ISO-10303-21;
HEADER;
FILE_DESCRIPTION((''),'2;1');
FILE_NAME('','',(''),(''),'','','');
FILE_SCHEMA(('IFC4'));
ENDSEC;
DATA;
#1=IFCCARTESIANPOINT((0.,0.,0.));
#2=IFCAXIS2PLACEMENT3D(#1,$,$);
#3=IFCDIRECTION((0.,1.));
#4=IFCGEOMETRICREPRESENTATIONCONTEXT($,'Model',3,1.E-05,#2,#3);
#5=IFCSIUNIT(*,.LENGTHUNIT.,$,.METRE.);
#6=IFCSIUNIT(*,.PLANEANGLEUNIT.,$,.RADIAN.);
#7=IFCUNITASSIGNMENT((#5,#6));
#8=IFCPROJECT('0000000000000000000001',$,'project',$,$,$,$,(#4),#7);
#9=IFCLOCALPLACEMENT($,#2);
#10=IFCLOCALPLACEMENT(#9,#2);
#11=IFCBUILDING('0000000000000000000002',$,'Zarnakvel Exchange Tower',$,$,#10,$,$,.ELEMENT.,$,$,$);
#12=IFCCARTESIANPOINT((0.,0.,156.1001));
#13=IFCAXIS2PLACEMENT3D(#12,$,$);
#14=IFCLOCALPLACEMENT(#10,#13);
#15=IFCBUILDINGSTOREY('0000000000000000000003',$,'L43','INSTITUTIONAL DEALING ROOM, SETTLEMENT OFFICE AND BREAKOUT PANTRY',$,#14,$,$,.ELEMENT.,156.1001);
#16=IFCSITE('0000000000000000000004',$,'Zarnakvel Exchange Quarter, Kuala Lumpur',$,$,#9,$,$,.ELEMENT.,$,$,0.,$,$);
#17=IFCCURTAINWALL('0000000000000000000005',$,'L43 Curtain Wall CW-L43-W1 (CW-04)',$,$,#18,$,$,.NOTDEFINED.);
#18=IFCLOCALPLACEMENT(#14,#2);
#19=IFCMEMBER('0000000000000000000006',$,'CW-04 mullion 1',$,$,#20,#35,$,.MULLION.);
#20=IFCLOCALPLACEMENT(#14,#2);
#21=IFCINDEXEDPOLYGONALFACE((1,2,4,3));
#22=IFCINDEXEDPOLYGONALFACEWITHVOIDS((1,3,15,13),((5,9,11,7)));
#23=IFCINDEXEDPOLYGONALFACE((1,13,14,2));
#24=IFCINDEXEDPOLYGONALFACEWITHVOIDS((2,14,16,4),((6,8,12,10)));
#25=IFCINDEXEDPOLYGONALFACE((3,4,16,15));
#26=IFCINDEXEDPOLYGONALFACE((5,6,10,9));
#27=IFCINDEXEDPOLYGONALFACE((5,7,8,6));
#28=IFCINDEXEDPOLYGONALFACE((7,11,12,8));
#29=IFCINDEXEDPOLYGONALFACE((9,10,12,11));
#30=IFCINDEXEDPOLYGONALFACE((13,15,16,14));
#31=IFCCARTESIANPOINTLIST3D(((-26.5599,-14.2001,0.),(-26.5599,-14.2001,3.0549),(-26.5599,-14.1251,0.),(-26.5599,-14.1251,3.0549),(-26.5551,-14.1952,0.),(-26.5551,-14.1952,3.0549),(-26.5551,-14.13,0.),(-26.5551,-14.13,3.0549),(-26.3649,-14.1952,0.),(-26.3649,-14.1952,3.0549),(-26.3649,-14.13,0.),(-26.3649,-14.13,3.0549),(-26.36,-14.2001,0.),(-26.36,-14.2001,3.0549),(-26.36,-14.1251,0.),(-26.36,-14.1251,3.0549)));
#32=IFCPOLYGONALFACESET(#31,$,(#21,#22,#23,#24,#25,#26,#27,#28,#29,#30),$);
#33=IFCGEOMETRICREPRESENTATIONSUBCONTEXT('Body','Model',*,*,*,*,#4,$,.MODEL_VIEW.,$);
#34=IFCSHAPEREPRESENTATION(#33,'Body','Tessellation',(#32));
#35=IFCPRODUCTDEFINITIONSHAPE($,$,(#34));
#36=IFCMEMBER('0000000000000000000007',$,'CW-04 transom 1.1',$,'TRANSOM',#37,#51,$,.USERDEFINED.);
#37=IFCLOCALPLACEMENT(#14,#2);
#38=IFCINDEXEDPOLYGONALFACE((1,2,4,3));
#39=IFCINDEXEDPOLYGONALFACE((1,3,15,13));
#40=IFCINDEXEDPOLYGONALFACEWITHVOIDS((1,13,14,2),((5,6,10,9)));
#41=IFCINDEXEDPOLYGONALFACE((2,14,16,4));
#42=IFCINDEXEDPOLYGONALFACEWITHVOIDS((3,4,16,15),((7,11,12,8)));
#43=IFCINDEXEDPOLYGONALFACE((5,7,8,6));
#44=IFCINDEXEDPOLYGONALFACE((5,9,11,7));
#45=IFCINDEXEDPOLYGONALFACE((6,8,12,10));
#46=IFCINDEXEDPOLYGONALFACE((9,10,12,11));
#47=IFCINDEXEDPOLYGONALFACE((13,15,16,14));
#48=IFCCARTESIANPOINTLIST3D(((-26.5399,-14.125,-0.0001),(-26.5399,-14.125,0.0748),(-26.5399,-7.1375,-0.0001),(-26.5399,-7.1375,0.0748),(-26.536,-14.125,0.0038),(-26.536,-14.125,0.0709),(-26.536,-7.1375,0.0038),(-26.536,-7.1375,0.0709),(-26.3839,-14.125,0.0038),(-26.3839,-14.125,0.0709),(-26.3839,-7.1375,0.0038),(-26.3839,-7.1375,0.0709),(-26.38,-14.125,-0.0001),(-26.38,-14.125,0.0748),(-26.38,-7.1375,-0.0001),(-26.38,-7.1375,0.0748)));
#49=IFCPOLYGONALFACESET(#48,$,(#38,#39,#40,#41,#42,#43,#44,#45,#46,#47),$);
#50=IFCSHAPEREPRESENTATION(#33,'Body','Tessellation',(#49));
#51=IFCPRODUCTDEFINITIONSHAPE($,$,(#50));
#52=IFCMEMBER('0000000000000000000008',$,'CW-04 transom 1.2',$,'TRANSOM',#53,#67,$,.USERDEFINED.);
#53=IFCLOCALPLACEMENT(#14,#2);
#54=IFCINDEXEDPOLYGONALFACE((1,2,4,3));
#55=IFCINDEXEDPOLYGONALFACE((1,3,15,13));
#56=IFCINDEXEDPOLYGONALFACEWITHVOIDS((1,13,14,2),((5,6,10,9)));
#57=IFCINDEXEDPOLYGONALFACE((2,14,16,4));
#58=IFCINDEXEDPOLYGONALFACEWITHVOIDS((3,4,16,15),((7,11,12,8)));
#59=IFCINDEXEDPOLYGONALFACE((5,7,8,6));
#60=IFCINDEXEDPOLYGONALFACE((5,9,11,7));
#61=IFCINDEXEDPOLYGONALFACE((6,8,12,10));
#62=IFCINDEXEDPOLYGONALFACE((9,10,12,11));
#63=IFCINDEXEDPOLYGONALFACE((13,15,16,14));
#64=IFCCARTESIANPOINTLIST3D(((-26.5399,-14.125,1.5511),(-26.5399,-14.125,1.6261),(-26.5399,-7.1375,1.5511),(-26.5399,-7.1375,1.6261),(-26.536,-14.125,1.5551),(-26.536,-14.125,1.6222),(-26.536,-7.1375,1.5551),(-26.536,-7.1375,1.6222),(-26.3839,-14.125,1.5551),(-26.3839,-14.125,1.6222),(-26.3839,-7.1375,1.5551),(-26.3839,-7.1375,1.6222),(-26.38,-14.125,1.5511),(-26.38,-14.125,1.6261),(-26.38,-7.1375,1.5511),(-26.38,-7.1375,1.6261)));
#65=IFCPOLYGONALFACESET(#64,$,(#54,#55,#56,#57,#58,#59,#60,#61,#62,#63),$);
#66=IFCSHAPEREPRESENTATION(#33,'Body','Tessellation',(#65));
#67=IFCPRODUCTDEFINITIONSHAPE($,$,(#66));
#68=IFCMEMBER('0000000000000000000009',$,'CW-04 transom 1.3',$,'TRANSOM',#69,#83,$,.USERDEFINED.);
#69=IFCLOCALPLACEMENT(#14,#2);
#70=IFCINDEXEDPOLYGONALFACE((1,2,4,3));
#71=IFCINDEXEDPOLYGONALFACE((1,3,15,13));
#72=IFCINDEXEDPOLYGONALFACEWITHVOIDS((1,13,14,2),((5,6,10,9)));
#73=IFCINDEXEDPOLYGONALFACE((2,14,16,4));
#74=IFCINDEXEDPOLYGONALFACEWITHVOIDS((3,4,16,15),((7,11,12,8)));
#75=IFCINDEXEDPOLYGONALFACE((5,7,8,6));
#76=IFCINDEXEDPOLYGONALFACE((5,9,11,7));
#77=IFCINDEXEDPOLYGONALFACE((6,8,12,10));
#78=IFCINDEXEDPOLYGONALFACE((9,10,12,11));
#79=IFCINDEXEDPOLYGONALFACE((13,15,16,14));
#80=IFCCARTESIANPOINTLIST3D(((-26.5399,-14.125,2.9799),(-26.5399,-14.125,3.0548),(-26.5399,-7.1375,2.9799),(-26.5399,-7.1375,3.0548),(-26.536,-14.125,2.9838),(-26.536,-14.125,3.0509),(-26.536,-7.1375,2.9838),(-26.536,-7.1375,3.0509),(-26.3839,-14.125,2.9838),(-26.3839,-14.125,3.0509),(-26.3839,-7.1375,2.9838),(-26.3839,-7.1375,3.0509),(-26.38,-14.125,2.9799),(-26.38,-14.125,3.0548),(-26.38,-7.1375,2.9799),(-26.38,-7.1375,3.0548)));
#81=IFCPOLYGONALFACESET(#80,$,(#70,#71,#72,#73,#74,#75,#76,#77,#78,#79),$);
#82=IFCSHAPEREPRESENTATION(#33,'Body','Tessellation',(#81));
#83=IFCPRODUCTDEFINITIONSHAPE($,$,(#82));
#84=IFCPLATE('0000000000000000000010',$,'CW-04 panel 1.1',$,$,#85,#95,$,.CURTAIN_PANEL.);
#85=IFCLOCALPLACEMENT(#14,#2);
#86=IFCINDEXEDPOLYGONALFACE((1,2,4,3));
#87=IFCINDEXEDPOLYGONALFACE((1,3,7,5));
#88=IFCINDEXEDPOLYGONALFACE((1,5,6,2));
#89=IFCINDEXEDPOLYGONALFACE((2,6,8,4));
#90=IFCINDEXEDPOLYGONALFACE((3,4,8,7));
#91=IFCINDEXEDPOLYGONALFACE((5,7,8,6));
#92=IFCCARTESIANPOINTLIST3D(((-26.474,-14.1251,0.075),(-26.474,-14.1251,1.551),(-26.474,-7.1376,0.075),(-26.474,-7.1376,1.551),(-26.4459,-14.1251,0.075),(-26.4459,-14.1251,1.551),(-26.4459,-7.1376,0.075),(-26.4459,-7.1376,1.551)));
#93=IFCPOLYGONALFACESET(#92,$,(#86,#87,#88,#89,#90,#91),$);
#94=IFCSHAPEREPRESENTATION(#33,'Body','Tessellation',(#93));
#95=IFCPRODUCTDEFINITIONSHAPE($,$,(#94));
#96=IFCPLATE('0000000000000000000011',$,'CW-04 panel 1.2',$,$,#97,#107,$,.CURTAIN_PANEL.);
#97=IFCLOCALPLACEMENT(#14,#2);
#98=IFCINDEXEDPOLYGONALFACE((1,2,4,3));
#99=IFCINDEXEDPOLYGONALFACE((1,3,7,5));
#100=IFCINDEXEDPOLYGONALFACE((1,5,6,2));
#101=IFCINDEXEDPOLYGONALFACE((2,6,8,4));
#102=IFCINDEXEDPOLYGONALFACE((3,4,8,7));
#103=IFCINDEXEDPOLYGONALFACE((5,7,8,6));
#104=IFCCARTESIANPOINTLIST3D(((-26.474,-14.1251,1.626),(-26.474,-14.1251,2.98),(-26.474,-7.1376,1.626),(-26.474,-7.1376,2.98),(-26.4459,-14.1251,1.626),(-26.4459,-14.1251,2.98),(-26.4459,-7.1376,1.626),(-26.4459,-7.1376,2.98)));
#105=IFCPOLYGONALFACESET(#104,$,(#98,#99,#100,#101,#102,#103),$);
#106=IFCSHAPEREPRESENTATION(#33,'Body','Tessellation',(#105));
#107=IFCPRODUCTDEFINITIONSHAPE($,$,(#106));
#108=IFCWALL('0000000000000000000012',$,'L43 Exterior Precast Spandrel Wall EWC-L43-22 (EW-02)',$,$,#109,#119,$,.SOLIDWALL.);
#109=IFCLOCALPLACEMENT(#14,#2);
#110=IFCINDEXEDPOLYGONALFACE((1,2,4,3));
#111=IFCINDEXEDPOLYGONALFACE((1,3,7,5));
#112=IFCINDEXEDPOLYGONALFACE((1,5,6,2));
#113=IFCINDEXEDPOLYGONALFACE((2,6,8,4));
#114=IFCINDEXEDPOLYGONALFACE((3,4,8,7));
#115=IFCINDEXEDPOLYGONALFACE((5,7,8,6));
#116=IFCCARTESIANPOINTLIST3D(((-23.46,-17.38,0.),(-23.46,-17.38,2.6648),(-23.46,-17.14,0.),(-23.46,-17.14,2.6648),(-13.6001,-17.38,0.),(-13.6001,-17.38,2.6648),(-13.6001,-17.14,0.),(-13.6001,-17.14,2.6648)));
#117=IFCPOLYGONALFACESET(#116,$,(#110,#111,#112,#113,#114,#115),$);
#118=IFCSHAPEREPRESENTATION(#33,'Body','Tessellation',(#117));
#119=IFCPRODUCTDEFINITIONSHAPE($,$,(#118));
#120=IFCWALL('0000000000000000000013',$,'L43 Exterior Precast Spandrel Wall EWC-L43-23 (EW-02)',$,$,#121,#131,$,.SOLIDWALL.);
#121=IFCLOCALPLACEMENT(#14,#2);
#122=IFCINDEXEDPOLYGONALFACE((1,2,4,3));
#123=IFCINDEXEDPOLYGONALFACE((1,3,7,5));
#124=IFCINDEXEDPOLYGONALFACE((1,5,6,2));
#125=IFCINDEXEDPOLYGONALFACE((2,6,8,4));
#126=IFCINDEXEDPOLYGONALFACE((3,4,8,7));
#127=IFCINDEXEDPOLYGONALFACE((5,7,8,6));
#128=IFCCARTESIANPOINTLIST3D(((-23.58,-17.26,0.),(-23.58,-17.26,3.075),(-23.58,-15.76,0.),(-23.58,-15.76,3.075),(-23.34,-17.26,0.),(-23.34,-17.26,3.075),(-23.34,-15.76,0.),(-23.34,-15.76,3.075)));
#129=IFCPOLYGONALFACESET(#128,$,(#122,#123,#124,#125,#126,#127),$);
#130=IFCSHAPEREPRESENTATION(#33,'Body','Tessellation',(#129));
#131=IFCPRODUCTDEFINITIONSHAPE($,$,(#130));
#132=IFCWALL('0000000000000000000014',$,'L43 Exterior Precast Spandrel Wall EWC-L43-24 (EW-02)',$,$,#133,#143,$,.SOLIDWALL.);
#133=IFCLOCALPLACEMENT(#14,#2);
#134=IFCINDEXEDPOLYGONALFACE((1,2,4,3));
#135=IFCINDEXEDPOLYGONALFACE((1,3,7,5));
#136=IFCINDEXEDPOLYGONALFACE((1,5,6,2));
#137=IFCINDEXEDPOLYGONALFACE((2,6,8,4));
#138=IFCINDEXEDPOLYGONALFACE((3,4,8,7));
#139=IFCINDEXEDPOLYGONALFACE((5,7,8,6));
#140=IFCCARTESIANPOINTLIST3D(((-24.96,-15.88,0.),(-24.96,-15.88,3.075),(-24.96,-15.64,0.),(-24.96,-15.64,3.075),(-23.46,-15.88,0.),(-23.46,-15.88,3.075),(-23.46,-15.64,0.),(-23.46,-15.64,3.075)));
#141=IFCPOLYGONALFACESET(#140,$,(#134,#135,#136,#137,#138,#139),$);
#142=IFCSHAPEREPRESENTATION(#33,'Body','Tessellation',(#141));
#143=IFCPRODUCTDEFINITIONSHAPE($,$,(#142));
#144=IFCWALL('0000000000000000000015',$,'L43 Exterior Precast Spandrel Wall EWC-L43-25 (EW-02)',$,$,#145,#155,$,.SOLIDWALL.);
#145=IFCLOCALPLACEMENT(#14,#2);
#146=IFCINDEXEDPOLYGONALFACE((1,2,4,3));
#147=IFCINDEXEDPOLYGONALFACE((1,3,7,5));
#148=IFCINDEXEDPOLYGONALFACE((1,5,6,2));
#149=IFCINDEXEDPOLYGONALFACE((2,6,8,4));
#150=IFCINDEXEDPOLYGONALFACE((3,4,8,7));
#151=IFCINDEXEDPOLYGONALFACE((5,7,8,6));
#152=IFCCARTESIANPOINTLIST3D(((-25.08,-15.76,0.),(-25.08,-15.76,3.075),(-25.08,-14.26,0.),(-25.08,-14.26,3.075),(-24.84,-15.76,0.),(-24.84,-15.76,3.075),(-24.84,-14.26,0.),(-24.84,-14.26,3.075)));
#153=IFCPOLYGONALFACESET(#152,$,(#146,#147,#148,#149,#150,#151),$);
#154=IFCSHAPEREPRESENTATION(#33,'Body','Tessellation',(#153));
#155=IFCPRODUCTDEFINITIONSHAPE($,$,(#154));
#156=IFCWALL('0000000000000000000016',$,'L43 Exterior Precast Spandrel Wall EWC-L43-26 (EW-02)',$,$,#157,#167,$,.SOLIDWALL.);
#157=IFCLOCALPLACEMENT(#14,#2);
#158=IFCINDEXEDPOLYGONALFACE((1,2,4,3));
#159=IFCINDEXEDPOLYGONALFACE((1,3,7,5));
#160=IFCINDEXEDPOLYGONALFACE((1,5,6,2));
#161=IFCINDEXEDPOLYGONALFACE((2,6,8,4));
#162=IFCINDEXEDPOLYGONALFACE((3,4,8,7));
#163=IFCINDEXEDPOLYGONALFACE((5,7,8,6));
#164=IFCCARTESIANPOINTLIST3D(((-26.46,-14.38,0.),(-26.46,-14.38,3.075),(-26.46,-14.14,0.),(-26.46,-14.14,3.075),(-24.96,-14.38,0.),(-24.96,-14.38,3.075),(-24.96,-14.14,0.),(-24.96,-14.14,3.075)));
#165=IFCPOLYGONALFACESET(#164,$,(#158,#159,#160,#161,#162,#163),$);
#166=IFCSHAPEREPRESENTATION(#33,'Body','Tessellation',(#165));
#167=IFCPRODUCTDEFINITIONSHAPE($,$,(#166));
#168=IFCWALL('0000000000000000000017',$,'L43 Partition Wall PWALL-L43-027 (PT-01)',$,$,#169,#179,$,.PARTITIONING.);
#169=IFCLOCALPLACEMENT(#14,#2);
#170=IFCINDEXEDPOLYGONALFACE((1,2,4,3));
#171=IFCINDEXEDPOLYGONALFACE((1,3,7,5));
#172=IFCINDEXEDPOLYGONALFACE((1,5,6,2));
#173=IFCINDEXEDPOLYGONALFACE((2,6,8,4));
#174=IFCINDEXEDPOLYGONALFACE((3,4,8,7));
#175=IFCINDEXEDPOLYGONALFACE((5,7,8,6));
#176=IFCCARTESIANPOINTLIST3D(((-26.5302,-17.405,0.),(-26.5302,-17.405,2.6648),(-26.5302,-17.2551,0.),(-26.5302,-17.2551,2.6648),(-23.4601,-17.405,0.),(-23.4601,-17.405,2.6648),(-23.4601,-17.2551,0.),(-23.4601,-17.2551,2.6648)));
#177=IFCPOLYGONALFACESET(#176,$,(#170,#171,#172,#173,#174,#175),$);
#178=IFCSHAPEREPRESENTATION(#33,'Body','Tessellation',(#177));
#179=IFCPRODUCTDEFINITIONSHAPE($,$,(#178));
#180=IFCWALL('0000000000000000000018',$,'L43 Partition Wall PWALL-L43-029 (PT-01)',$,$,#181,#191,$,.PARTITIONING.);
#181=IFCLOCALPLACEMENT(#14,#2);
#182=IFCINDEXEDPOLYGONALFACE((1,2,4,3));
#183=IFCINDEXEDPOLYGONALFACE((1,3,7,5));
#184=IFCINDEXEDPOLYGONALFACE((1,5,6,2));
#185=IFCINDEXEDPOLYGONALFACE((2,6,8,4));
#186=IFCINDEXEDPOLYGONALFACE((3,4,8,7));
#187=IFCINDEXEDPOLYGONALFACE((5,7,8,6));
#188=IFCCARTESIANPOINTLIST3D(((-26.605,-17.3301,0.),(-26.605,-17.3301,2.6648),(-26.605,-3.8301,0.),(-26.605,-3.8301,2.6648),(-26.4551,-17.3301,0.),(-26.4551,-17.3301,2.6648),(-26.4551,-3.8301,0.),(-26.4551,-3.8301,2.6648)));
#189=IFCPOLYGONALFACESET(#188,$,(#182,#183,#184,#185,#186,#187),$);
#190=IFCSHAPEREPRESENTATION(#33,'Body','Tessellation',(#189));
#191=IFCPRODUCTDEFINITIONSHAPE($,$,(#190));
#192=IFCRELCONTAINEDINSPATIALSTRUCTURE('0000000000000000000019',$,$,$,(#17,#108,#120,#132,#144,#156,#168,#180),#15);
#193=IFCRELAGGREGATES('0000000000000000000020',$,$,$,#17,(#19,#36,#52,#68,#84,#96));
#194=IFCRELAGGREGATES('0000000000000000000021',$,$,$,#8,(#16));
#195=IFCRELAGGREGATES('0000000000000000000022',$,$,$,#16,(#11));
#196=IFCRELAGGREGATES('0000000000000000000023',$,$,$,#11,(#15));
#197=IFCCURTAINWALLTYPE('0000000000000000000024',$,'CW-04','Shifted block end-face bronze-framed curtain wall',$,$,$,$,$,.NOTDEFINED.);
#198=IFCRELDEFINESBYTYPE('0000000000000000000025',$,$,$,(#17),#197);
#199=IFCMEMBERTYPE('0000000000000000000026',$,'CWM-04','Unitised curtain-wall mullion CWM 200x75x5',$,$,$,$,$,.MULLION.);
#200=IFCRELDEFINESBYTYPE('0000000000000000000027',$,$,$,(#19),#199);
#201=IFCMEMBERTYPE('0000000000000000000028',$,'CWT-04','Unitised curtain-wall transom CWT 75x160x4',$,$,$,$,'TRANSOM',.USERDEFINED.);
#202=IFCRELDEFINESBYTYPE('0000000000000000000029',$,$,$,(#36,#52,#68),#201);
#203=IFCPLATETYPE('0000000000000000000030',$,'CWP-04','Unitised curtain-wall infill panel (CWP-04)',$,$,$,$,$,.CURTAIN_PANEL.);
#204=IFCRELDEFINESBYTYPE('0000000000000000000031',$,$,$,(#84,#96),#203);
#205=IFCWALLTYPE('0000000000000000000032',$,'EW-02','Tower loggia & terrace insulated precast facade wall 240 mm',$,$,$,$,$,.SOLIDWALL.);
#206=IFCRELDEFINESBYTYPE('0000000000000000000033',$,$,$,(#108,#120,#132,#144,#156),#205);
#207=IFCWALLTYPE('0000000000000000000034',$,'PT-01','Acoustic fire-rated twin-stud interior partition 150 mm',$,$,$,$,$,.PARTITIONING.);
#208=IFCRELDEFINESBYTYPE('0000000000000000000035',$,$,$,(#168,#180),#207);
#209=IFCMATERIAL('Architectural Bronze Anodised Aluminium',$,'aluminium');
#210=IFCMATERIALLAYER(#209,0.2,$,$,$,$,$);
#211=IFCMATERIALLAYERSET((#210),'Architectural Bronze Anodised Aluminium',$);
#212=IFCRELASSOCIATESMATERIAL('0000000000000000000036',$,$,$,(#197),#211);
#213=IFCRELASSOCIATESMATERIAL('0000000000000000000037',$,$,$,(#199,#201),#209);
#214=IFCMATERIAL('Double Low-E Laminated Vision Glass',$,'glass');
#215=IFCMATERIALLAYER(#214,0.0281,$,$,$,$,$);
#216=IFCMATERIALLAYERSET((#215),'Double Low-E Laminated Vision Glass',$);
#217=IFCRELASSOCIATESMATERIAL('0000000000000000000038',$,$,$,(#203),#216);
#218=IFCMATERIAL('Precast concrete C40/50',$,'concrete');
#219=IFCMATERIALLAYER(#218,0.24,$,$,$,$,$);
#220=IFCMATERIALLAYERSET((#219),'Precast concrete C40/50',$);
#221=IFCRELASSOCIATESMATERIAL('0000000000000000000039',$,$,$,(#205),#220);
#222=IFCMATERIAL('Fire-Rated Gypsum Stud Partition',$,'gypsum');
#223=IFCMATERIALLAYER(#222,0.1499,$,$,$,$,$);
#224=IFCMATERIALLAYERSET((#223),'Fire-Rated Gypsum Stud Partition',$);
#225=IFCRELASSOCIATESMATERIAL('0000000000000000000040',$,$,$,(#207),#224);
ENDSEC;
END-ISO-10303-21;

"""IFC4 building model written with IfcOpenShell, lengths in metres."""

from ifc_helpers import new_model, si_unit, direction, frame, frame_2d, origin, origin_2d, place, context, subcontext, project, spatial, rectangle, hollow_rectangle, extrude, source, transform, mapped, material, layer, layer_set, material_profile, profile_set, type_object, element, aggregate, save


model = new_model("IFC4")

# Units and contexts
model_context = context("Model", 3, precision=1e-05, world=origin(), true_north=direction((0.0, 1.0)))
body_context = subcontext(model_context, "Body", "Model", "MODEL_VIEW")
ifc_project = project(units=[si_unit("LENGTHUNIT", "METRE"), si_unit("PLANEANGLEUNIT", "RADIAN")], contexts=[model_context])

# Site, building, storey
site_placement = place(None, origin())
site = spatial("IfcSite", under=ifc_project, at=site_placement, Name="Zarnakvel Exchange Quarter, Kuala Lumpur", CompositionType="ELEMENT", RefElevation=0.0)
building_placement = place(site_placement, origin())
building = spatial("IfcBuilding", under=site, at=building_placement, Name="Zarnakvel Exchange Tower", CompositionType="ELEMENT")
storey_placement = place(building_placement, frame((0.0, 0.0, 156.1001)))
storey = spatial("IfcBuildingStorey", under=building, at=storey_placement, Name="L43", Description="INSTITUTIONAL DEALING ROOM, SETTLEMENT OFFICE AND BREAKOUT PANTRY", CompositionType="ELEMENT", Elevation=156.1001)

# Curtain wall, members, plates
ifc_material_1 = material(Name="Architectural Bronze Anodised Aluminium", Category="aluminium")
ifc_layer_1 = layer(ifc_material_1, 0.2)
ifc_layer_set_1 = layer_set([ifc_layer_1], Name="Architectural Bronze Anodised Aluminium")
curtain_wall_type = type_object("IfcCurtainWallType", Name="CW-04", Description="Shifted block end-face bronze-framed curtain wall", PredefinedType="NOTDEFINED", material=ifc_layer_set_1)
curtain_wall_placement = place(storey_placement, origin())
curtain_wall = element("IfcCurtainWall", 1, at=curtain_wall_placement, inside=storey, type_object=curtain_wall_type, Name="L43 Curtain Wall CW-L43-W1 (CW-04)", PredefinedType="NOTDEFINED")
ifc_material_profile_1 = material_profile(ifc_material_1, hollow_rectangle(XDim=0.2, YDim=0.075, WallThickness=0.0049, at=origin_2d()))
ifc_profile_set_1 = profile_set([ifc_material_profile_1], Name="Architectural Bronze Anodised Aluminium")
member_type_1 = type_object("IfcMemberType", Name="CWM-04", Description="Unitised curtain-wall mullion CWM 200x75x5", PredefinedType="MULLION", material=ifc_profile_set_1)
shared_shape_1 = source(origin(), body_context, "Body", "SweptSolid", [
    extrude(hollow_rectangle(XDim=0.2, YDim=0.075, WallThickness=0.0049, at=origin_2d()), origin(), (0.0, 0.0, 1.0), 3.0549),
])
member_1_placement = place(storey_placement, frame((-26.46, -14.1626, 0.0), z_axis=(0.0, 0.0, 1.0), x_axis=(-1.0, 0.0, 0.0)))
member_1 = element("IfcMember", 2, at=member_1_placement, type_object=member_type_1, Name="CW-04 mullion 1", PredefinedType="MULLION", context=body_context, shape_type="MappedRepresentation", body=[
    mapped(shared_shape_1, transform((0.0, 0.0, 0.0), x_axis=(1.0, 0.0, 0.0), y_axis=(0.0, 1.0, 0.0), z_axis=(0.0, 0.0, 1.0), scale=1.0)),
])
ifc_material_profile_2 = material_profile(ifc_material_1, hollow_rectangle(XDim=0.1599, YDim=0.075, WallThickness=0.0039, at=origin_2d()))
ifc_profile_set_2 = profile_set([ifc_material_profile_2], Name="Architectural Bronze Anodised Aluminium")
member_type_2 = type_object("IfcMemberType", Name="CWT-04", Description="Unitised curtain-wall transom CWT 75x160x4", ElementType="TRANSOM", PredefinedType="USERDEFINED", material=ifc_profile_set_2)
shared_shape_2 = source(origin(), body_context, "Body", "SweptSolid", [
    extrude(hollow_rectangle(XDim=0.1599, YDim=0.075, WallThickness=0.0039, at=origin_2d()), origin(), (0.0, 0.0, 1.0), 6.9875),
])
member_2_placement = place(storey_placement, frame((-26.46, -14.125, 0.0374), z_axis=(0.0, 1.0, 0.0), x_axis=(-1.0, 0.0, 0.0)))
member_2 = element("IfcMember", 3, at=member_2_placement, type_object=member_type_2, Name="CW-04 transom 1.1", ObjectType="TRANSOM", PredefinedType="USERDEFINED", context=body_context, shape_type="MappedRepresentation", body=[
    mapped(shared_shape_2, transform((0.0, 0.0, 0.0), x_axis=(1.0, 0.0, 0.0), y_axis=(0.0, 1.0, 0.0), z_axis=(0.0, 0.0, 1.0), scale=1.0)),
])
member_3_placement = place(storey_placement, frame((-26.46, -14.125, 1.5886), z_axis=(0.0, 1.0, 0.0), x_axis=(-1.0, 0.0, 0.0)))
member_3 = element("IfcMember", 4, at=member_3_placement, type_object=member_type_2, Name="CW-04 transom 1.2", ObjectType="TRANSOM", PredefinedType="USERDEFINED", context=body_context, shape_type="MappedRepresentation", body=[
    mapped(shared_shape_2, transform((0.0, 0.0, 0.0), x_axis=(1.0, 0.0, 0.0), y_axis=(0.0, 1.0, 0.0), z_axis=(0.0, 0.0, 1.0), scale=1.0)),
])
member_4_placement = place(storey_placement, frame((-26.46, -14.125, 3.0173), z_axis=(0.0, 1.0, 0.0), x_axis=(-1.0, 0.0, 0.0)))
member_4 = element("IfcMember", 5, at=member_4_placement, type_object=member_type_2, Name="CW-04 transom 1.3", ObjectType="TRANSOM", PredefinedType="USERDEFINED", context=body_context, shape_type="MappedRepresentation", body=[
    mapped(shared_shape_2, transform((0.0, 0.0, 0.0), x_axis=(1.0, 0.0, 0.0), y_axis=(0.0, 1.0, 0.0), z_axis=(0.0, 0.0, 1.0), scale=1.0)),
])
ifc_material_2 = material(Name="Double Low-E Laminated Vision Glass", Category="glass")
ifc_layer_2 = layer(ifc_material_2, 0.0281)
ifc_layer_set_2 = layer_set([ifc_layer_2], Name="Double Low-E Laminated Vision Glass")
plate_type = type_object("IfcPlateType", Name="CWP-04", Description="Unitised curtain-wall infill panel (CWP-04)", PredefinedType="CURTAIN_PANEL", material=ifc_layer_set_2)
shared_shape_3 = source(origin(), body_context, "Body", "SweptSolid", [
    extrude(rectangle(XDim=6.9875, YDim=0.0281, at=origin_2d()), origin(), (0.0, 0.0, 1.0), 1.4761),
])
plate_1_placement = place(storey_placement, frame((-26.46, -10.6313, 0.075), z_axis=(0.0, 0.0, 1.0), x_axis=(0.0, 1.0, 0.0)))
plate_1 = element("IfcPlate", 6, at=plate_1_placement, type_object=plate_type, Name="CW-04 panel 1.1", PredefinedType="CURTAIN_PANEL", context=body_context, shape_type="MappedRepresentation", body=[
    mapped(shared_shape_3, transform((0.0, 0.0, 0.0), x_axis=(1.0, 0.0, 0.0), y_axis=(0.0, 1.0, 0.0), z_axis=(0.0, 0.0, 1.0), scale=1.0)),
])
shared_shape_4 = source(origin(), body_context, "Body", "SweptSolid", [
    extrude(rectangle(XDim=6.9875, YDim=0.0281, at=origin_2d()), origin(), (0.0, 0.0, 1.0), 1.354),
])
plate_2_placement = place(storey_placement, frame((-26.46, -10.6313, 1.626), z_axis=(0.0, 0.0, 1.0), x_axis=(0.0, 1.0, 0.0)))
plate_2 = element("IfcPlate", 7, at=plate_2_placement, type_object=plate_type, Name="CW-04 panel 1.2", PredefinedType="CURTAIN_PANEL", context=body_context, shape_type="MappedRepresentation", body=[
    mapped(shared_shape_4, transform((0.0, 0.0, 0.0), x_axis=(1.0, 0.0, 0.0), y_axis=(0.0, 1.0, 0.0), z_axis=(0.0, 0.0, 1.0), scale=1.0)),
])
aggregate(curtain_wall, [member_1, member_2, member_3, member_4, plate_1, plate_2])

# Walls
ifc_material_3 = material(Name="Precast concrete C40/50", Category="concrete")
ifc_layer_3 = layer(ifc_material_3, 0.24)
ifc_layer_set_3 = layer_set([ifc_layer_3], Name="Precast concrete C40/50")
wall_type_1 = type_object("IfcWallType", Name="EW-02", Description="Tower loggia & terrace insulated precast facade wall 240 mm", PredefinedType="SOLIDWALL", material=ifc_layer_set_3)
wall_1_placement = place(storey_placement, frame((-23.46, -17.26, 0.0), z_axis=(0.0, 0.0, 1.0), x_axis=(1.0, 0.0, 0.0)))
element("IfcWall", 8, at=wall_1_placement, inside=storey, type_object=wall_type_1, Name="L43 Exterior Precast Spandrel Wall EWC-L43-22 (EW-02)", PredefinedType="SOLIDWALL", context=body_context, shape_type="SweptSolid", body=[
    extrude(rectangle(XDim=9.8599, YDim=0.24, at=frame_2d((4.9299, 0.0))), origin(), (0.0, 0.0, 1.0), 2.6648),
])
for number, where, z_axis, x_axis, name in (
    (9, (-23.46, -15.76, 0.0), (0.0, 0.0, 1.0), (0.0, -1.0, 0.0), "L43 Exterior Precast Spandrel Wall EWC-L43-23 (EW-02)"),
    (10, (-24.96, -15.76, 0.0), (0.0, 0.0, 1.0), (1.0, 0.0, 0.0), "L43 Exterior Precast Spandrel Wall EWC-L43-24 (EW-02)"),
    (11, (-24.96, -14.26, 0.0), (0.0, 0.0, 1.0), (0.0, -1.0, 0.0), "L43 Exterior Precast Spandrel Wall EWC-L43-25 (EW-02)"),
    (12, (-26.46, -14.26, 0.0), (0.0, 0.0, 1.0), (1.0, 0.0, 0.0), "L43 Exterior Precast Spandrel Wall EWC-L43-26 (EW-02)"),
):
    element("IfcWall", number, at=place(storey_placement, frame(where, z_axis=z_axis, x_axis=x_axis)), inside=storey, type_object=wall_type_1, Name=name, PredefinedType="SOLIDWALL", context=body_context, shape_type="SweptSolid", body=[
        extrude(rectangle(XDim=1.5, YDim=0.24, at=frame_2d((0.75, 0.0))), origin(), (0.0, 0.0, 1.0), 3.075),
    ])
ifc_material_4 = material(Name="Fire-Rated Gypsum Stud Partition", Category="gypsum")
ifc_layer_4 = layer(ifc_material_4, 0.1499)
ifc_layer_set_4 = layer_set([ifc_layer_4], Name="Fire-Rated Gypsum Stud Partition")
wall_type_2 = type_object("IfcWallType", Name="PT-01", Description="Acoustic fire-rated twin-stud interior partition 150 mm", PredefinedType="PARTITIONING", material=ifc_layer_set_4)
wall_2_placement = place(storey_placement, frame((-23.46, -17.3301, 0.0), z_axis=(0.0, 0.0, 1.0), x_axis=(-1.0, 0.0, 0.0)))
element("IfcWall", 13, at=wall_2_placement, inside=storey, type_object=wall_type_2, Name="L43 Partition Wall PWALL-L43-027 (PT-01)", PredefinedType="PARTITIONING", context=body_context, shape_type="SweptSolid", body=[
    extrude(rectangle(XDim=3.0701, YDim=0.1499, at=frame_2d((1.5352, 0.0))), origin(), (0.0, 0.0, 1.0), 2.6648),
])
wall_3_placement = place(storey_placement, frame((-26.53, -17.3301, 0.0), z_axis=(0.0, 0.0, 1.0), x_axis=(0.0, 1.0, 0.0)))
element("IfcWall", 14, at=wall_3_placement, inside=storey, type_object=wall_type_2, Name="L43 Partition Wall PWALL-L43-029 (PT-01)", PredefinedType="PARTITIONING", context=body_context, shape_type="SweptSolid", body=[
    extrude(rectangle(XDim=13.5, YDim=0.1499, at=frame_2d((6.75, 0.0))), origin(), (0.0, 0.0, 1.0), 2.6648),
])

save(model, "model.ifc")
